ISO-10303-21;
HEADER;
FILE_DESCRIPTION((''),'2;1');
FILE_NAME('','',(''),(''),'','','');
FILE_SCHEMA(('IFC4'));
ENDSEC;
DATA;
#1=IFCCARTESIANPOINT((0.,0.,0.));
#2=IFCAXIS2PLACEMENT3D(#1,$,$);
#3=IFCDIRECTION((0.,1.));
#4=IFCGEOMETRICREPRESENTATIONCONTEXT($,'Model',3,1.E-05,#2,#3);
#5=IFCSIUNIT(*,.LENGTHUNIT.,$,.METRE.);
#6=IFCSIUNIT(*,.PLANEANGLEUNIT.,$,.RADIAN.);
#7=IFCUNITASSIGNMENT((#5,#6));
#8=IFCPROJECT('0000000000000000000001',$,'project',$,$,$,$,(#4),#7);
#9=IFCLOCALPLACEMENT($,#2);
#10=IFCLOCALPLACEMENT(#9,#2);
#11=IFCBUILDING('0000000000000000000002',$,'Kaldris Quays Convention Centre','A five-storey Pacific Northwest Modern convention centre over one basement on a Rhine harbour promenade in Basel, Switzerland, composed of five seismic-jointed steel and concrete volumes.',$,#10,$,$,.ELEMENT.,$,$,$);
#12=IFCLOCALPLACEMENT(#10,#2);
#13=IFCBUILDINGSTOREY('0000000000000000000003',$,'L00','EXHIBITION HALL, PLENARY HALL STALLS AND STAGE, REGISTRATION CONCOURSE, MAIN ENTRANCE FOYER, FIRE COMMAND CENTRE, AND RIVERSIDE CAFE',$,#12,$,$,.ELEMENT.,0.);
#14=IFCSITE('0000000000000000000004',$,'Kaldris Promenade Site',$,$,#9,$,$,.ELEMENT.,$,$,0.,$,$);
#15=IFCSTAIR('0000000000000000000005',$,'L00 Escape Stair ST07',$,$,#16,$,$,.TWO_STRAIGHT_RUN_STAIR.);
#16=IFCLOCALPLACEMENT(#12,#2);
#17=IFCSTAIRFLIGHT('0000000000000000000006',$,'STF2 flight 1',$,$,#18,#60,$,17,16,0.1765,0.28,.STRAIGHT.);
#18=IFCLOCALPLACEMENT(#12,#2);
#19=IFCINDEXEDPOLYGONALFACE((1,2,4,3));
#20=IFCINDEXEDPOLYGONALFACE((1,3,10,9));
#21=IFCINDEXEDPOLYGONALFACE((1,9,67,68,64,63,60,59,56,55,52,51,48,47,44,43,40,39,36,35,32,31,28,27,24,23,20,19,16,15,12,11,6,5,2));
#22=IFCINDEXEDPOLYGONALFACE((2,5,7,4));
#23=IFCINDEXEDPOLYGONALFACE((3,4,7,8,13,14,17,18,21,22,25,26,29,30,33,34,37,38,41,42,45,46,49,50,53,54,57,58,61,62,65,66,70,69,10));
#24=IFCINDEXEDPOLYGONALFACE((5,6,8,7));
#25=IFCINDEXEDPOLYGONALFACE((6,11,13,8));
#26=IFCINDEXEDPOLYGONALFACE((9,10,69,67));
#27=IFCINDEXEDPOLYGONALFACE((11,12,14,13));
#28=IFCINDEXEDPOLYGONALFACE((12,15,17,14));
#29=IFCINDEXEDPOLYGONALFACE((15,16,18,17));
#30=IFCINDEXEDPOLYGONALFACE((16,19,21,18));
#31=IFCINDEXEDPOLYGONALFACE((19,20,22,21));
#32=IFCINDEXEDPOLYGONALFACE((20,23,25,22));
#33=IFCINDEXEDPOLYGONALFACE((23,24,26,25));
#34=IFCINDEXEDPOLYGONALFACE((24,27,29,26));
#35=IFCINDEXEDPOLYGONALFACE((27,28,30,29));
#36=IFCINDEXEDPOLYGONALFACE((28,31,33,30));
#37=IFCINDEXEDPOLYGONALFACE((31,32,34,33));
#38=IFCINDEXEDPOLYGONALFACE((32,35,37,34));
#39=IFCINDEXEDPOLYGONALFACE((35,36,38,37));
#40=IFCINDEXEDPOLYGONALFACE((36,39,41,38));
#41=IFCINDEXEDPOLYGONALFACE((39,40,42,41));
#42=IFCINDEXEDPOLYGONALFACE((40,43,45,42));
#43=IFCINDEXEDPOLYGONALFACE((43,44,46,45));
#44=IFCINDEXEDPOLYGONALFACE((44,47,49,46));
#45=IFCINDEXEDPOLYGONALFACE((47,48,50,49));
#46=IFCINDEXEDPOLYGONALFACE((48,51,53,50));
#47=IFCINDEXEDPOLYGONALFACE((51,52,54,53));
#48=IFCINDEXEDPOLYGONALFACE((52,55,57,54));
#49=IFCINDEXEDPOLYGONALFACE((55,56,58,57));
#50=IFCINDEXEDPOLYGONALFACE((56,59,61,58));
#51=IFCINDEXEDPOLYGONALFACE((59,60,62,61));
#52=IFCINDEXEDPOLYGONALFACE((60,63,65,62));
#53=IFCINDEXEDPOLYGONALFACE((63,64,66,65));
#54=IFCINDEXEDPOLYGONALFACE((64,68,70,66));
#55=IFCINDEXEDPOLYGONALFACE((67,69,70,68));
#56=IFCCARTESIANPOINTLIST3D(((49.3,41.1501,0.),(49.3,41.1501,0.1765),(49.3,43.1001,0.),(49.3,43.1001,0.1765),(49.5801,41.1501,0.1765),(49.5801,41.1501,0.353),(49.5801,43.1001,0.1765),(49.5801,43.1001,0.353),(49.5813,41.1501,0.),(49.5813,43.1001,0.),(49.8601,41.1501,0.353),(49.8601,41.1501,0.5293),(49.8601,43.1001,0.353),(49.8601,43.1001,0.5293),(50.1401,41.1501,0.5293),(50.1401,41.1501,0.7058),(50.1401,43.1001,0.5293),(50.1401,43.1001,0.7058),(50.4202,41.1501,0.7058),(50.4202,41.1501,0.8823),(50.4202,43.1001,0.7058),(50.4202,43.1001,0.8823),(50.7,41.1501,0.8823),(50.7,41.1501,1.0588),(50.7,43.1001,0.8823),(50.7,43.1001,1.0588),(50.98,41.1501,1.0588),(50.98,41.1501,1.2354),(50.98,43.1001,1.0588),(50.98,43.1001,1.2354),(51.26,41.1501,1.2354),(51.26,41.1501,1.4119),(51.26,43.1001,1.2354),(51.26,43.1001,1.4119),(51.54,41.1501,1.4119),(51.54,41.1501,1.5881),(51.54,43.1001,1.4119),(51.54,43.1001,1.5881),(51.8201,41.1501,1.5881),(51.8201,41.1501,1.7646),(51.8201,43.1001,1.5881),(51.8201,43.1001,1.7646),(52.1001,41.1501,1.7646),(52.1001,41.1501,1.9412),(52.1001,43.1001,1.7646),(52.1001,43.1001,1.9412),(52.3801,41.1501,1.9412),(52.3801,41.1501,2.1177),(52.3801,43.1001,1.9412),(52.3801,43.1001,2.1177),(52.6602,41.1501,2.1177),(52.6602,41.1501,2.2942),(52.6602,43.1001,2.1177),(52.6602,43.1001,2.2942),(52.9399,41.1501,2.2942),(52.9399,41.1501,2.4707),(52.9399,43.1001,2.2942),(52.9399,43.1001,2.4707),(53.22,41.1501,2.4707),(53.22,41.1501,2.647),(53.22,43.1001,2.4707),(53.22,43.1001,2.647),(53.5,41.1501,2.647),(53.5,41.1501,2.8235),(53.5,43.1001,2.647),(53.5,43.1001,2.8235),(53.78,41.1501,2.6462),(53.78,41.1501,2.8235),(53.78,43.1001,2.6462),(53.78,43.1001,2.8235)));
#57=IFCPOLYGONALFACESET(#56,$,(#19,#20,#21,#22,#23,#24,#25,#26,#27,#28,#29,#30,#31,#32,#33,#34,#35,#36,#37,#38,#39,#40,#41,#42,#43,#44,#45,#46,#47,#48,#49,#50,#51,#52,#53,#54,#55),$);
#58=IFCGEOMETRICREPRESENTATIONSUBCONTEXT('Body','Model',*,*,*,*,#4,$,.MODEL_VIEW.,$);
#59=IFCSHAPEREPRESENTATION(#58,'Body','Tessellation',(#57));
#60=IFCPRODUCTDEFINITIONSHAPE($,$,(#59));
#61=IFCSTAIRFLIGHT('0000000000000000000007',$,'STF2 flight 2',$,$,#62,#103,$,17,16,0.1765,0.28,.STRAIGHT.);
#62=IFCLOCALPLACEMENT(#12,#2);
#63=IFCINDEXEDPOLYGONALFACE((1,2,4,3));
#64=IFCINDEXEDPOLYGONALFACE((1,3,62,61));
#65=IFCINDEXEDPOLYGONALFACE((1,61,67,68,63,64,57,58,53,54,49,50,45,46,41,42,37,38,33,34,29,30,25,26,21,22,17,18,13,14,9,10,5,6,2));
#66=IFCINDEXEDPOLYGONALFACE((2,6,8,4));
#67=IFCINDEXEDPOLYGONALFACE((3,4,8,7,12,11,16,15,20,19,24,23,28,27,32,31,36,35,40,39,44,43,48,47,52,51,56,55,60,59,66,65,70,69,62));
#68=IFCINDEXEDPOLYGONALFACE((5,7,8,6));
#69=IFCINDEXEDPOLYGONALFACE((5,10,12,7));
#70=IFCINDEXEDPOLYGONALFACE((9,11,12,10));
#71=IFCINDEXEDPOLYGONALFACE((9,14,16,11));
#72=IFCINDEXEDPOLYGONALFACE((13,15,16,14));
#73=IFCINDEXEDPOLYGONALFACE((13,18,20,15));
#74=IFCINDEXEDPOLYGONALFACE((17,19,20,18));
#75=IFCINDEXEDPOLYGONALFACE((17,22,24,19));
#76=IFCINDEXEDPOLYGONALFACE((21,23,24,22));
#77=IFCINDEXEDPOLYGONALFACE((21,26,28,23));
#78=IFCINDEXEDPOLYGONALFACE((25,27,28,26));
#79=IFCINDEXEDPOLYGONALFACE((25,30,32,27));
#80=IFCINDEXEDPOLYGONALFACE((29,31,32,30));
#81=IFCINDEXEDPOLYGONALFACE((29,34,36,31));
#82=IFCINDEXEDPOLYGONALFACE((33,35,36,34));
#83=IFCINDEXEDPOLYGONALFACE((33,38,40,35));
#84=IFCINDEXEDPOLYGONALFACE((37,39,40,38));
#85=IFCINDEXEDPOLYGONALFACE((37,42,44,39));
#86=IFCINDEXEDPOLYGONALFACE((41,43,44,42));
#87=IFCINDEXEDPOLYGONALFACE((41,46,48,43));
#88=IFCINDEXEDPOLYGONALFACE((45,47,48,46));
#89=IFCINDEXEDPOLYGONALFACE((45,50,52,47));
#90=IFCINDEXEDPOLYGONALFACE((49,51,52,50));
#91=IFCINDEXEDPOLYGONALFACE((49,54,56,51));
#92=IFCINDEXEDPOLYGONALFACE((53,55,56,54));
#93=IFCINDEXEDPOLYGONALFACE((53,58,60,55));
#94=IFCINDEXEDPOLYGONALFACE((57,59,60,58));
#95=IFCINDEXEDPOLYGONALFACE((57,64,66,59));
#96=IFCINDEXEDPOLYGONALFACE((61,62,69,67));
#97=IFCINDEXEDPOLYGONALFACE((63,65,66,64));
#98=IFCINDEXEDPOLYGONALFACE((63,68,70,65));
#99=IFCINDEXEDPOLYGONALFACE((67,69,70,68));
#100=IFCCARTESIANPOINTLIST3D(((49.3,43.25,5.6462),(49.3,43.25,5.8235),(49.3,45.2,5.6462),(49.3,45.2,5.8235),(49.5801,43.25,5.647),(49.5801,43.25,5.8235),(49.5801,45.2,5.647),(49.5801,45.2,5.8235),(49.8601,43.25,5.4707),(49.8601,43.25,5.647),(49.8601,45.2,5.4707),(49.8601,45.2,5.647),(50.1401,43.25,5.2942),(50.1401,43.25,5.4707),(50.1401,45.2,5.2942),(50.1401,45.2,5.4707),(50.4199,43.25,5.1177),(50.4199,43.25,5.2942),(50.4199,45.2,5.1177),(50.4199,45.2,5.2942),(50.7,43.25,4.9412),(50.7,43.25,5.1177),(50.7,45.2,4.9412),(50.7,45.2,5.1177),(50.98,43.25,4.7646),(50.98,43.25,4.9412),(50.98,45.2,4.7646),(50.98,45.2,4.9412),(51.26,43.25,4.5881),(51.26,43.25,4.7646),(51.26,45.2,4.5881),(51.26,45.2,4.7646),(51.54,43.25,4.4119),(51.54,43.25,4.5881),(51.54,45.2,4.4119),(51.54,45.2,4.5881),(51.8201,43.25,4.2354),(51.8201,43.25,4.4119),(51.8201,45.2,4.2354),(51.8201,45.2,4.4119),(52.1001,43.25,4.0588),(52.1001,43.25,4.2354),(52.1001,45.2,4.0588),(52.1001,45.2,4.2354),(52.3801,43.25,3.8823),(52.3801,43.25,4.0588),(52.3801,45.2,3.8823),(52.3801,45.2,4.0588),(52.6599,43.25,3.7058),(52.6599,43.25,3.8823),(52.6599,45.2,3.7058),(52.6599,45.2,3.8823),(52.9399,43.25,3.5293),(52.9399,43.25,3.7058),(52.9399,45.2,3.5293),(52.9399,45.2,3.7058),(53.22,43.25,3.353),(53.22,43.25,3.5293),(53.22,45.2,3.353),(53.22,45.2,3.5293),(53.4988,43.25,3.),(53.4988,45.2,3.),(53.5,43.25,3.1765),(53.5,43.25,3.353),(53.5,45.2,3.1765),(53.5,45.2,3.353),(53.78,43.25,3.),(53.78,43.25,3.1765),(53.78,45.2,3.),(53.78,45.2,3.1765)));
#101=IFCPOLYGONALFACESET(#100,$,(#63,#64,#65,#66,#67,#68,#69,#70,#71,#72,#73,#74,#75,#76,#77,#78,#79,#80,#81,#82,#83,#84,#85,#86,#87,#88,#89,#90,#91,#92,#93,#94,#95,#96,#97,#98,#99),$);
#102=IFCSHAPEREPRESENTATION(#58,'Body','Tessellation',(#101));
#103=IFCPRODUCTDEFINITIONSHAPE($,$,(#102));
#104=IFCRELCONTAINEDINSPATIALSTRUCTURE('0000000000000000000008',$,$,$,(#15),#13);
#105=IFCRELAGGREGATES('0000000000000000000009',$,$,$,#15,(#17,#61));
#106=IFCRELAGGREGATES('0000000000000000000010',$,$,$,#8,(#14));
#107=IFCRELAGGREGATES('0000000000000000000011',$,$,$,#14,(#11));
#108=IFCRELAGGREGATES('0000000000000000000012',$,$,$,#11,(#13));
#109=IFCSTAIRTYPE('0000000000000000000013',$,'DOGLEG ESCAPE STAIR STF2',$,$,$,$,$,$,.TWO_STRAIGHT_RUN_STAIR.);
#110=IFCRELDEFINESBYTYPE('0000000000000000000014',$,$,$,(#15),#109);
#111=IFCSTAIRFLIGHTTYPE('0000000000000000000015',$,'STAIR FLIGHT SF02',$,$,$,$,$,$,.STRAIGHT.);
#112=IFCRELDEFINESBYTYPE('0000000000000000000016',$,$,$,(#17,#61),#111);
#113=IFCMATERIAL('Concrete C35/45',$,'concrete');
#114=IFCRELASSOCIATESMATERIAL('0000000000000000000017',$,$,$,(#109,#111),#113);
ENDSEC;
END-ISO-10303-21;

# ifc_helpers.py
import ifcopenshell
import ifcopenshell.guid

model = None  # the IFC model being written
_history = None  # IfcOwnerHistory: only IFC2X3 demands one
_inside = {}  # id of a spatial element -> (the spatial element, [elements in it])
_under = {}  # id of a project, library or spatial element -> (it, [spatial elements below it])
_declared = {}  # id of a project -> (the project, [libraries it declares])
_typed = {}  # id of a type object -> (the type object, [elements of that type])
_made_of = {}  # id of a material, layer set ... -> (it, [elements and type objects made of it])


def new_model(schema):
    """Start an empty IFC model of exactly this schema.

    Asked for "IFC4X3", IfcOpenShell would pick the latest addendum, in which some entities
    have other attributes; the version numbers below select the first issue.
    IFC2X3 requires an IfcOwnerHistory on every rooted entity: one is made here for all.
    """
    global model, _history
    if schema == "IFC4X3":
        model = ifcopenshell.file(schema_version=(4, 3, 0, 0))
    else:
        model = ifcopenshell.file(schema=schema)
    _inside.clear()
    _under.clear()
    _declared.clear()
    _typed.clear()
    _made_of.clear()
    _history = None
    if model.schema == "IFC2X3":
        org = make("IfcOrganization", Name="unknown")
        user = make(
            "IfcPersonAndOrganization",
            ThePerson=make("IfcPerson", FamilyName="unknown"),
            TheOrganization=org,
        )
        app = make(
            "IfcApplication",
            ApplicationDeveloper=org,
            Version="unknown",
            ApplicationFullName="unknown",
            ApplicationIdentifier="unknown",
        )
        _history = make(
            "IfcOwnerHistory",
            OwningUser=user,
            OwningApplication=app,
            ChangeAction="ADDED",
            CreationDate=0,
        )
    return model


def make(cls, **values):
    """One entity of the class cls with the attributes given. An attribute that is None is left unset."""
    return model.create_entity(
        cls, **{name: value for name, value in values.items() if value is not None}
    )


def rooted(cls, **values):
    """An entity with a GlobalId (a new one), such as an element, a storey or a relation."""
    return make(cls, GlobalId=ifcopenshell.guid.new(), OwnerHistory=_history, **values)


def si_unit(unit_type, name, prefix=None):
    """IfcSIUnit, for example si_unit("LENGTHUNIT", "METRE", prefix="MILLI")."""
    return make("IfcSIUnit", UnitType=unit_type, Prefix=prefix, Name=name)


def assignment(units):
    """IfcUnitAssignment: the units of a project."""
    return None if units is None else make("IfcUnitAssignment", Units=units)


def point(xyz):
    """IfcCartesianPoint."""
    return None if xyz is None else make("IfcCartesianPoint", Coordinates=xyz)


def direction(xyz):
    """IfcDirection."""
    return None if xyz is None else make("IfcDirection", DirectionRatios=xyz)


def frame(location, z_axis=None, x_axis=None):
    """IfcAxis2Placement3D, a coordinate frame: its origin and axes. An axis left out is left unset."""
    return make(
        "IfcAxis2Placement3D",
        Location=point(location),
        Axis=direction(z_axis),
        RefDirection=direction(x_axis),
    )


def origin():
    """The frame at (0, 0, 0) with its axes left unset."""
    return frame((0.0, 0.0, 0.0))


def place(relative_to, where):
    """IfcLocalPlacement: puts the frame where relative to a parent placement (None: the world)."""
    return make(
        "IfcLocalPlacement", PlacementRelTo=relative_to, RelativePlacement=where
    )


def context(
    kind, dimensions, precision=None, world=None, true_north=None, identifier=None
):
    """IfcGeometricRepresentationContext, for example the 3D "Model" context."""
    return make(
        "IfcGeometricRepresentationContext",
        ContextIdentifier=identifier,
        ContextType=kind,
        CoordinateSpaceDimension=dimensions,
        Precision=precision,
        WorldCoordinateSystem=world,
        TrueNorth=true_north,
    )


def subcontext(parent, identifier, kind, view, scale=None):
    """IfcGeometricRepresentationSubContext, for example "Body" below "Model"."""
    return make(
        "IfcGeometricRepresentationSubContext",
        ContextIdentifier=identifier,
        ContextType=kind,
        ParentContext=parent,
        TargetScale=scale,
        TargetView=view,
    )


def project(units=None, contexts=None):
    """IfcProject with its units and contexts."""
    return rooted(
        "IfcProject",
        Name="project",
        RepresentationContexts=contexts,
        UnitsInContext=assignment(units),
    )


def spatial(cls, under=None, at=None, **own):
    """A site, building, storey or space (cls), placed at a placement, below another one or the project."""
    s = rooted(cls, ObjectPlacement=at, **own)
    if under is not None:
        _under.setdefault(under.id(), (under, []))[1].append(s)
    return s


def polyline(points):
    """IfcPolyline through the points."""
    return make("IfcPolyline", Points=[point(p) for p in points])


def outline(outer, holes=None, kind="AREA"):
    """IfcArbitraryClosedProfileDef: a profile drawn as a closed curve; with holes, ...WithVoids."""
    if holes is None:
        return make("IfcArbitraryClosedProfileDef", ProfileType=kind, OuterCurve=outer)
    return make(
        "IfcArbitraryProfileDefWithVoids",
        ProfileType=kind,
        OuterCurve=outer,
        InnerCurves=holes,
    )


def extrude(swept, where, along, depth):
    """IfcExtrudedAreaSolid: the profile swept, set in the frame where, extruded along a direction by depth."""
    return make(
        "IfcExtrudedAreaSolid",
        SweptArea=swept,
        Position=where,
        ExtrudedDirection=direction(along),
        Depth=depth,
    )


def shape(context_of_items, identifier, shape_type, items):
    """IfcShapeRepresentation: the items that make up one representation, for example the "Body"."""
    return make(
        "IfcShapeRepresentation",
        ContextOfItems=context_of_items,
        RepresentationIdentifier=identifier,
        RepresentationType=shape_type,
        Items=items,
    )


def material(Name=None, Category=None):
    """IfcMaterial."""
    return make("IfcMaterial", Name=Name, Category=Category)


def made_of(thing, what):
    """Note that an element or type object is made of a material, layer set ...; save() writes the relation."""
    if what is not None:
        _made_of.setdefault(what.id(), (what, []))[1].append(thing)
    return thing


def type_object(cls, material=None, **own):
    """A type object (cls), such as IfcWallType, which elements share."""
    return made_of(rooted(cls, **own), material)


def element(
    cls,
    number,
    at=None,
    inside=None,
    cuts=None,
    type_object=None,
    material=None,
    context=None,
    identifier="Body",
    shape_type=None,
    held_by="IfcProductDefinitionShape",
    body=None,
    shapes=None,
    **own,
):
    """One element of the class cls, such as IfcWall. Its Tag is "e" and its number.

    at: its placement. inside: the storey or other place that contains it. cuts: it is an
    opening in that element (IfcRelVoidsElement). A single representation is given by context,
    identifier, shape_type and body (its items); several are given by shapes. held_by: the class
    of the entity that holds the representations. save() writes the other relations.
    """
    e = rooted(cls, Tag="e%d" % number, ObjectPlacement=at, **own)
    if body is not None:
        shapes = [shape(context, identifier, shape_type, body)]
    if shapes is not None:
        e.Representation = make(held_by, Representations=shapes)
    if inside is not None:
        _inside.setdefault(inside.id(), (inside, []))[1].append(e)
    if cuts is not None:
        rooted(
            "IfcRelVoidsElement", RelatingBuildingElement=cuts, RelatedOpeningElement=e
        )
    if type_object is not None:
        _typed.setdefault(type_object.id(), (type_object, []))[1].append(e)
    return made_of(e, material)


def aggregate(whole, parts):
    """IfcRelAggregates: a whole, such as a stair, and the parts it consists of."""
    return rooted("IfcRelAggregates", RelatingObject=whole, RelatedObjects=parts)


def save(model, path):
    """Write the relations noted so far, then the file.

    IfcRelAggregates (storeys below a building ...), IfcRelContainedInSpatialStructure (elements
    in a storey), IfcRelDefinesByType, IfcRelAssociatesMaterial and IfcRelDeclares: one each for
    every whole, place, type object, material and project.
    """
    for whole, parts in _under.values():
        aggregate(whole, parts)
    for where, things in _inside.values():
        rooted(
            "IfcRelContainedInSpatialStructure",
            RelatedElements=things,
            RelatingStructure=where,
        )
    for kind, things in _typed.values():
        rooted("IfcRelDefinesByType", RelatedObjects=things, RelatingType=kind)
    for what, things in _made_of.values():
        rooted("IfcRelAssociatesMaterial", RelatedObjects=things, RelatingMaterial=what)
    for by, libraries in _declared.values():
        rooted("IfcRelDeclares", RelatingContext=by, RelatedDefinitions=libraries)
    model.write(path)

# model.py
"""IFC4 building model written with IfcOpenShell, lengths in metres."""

from ifc_helpers import new_model, si_unit, direction, frame, origin, place, context, subcontext, project, spatial, polyline, outline, extrude, material, type_object, element, aggregate, save


model = new_model("IFC4")

# Units and contexts
model_context = context("Model", 3, precision=1e-05, world=origin(), true_north=direction((0.0, 1.0)))
body_context = subcontext(model_context, "Body", "Model", "MODEL_VIEW")
ifc_project = project(units=[si_unit("LENGTHUNIT", "METRE"), si_unit("PLANEANGLEUNIT", "RADIAN")], contexts=[model_context])

# Site, building, storey
site_placement = place(None, origin())
site = spatial("IfcSite", under=ifc_project, at=site_placement, Name="Kaldris Promenade Site", CompositionType="ELEMENT", RefElevation=0.0)
building_placement = place(site_placement, origin())
building = spatial("IfcBuilding", under=site, at=building_placement, Name="Kaldris Quays Convention Centre", Description="A five-storey Pacific Northwest Modern convention centre over one basement on a Rhine harbour promenade in Basel, Switzerland, composed of five seismic-jointed steel and concrete volumes.", CompositionType="ELEMENT")
storey_placement = place(building_placement, origin())
storey = spatial("IfcBuildingStorey", under=building, at=storey_placement, Name="L00", Description="EXHIBITION HALL, PLENARY HALL STALLS AND STAGE, REGISTRATION CONCOURSE, MAIN ENTRANCE FOYER, FIRE COMMAND CENTRE, AND RIVERSIDE CAFE", CompositionType="ELEMENT", Elevation=0.0)

# Shared definitions
ifc_material_1 = material(Name="Concrete C35/45", Category="concrete")

# Stair, stair flights
stair_type = type_object("IfcStairType", Name="DOGLEG ESCAPE STAIR STF2", PredefinedType="TWO_STRAIGHT_RUN_STAIR", material=ifc_material_1)
stair_placement = place(storey_placement, origin())
stair = element("IfcStair", 1, at=stair_placement, inside=storey, type_object=stair_type, Name="L00 Escape Stair ST07", PredefinedType="TWO_STRAIGHT_RUN_STAIR")
stair_flight_type = type_object("IfcStairFlightType", Name="STAIR FLIGHT SF02", PredefinedType="STRAIGHT", material=ifc_material_1)
stair_flight_1_placement = place(storey_placement, frame((49.3, 42.125, 0.0), z_axis=(0.0, 0.0, 1.0), x_axis=(1.0, 0.0, 0.0)))
stair_flight_1 = element("IfcStairFlight", 2, at=stair_flight_1_placement, type_object=stair_flight_type, Name="STF2 flight 1", NumberOfRisers=17, NumberOfTreads=16, PredefinedType="STRAIGHT", RiserHeight=0.1765, TreadLength=0.28, context=body_context, shape_type="SweptSolid", body=[
    extrude(outline(polyline([(0.0, 0.0), (0.0, 0.1765), (0.28, 0.1765), (0.28, 0.353), (0.5601, 0.353), (0.5601, 0.5293), (0.8401, 0.5293), (0.8401, 0.7058), (1.1201, 0.7058), (1.1201, 0.8823), (1.3999, 0.8823), (1.3999, 1.0588), (1.6799, 1.0588), (1.6799, 1.2354), (1.96, 1.2354), (1.96, 1.4119), (2.24, 1.4119), (2.24, 1.5881), (2.52, 1.5881), (2.52, 1.7646), (2.8, 1.7646), (2.8, 1.9412), (3.0801, 1.9412), (3.0801, 2.1177), (3.3601, 2.1177), (3.3601, 2.2942), (3.6399, 2.2942), (3.6399, 2.4707), (3.9199, 2.4707), (3.9199, 2.647), (4.2, 2.647), (4.2, 2.8235), (4.48, 2.8235), (4.48, 3.0), (4.48, 2.6462), (0.2812, 0.0), (0.0, 0.0)])), frame((0.0, 0.9751, 0.0), z_axis=(0.0, -1.0, 0.0), x_axis=(1.0, 0.0, 0.0)), (0.0, 0.0, 1.0), 1.95),
])
stair_flight_2_placement = place(storey_placement, frame((53.78, 44.2251, 3.0), z_axis=(0.0, 0.0, 1.0), x_axis=(-1.0, 0.0, 0.0)))
stair_flight_2 = element("IfcStairFlight", 3, at=stair_flight_2_placement, type_object=stair_flight_type, Name="STF2 flight 2", NumberOfRisers=17, NumberOfTreads=16, PredefinedType="STRAIGHT", RiserHeight=0.1765, TreadLength=0.28, context=body_context, shape_type="SweptSolid", body=[
    extrude(outline(polyline([(0.0, 0.0), (0.0, 0.1765), (0.28, 0.1765), (0.28, 0.353), (0.5601, 0.353), (0.5601, 0.5293), (0.8401, 0.5293), (0.8401, 0.7058), (1.1201, 0.7058), (1.1201, 0.8823), (1.3999, 0.8823), (1.3999, 1.0588), (1.6799, 1.0588), (1.6799, 1.2354), (1.96, 1.2354), (1.96, 1.4119), (2.24, 1.4119), (2.24, 1.5881), (2.52, 1.5881), (2.52, 1.7646), (2.8, 1.7646), (2.8, 1.9412), (3.0801, 1.9412), (3.0801, 2.1177), (3.3601, 2.1177), (3.3601, 2.2942), (3.6399, 2.2942), (3.6399, 2.4707), (3.9199, 2.4707), (3.9199, 2.647), (4.2, 2.647), (4.2, 2.8235), (4.48, 2.8235), (4.48, 3.0), (4.48, 2.6462), (0.2812, 0.0), (0.0, 0.0)])), frame((0.0, 0.9751, 0.0), z_axis=(0.0, -1.0, 0.0), x_axis=(1.0, 0.0, 0.0)), (0.0, 0.0, 1.0), 1.95),
])
aggregate(stair, [stair_flight_1, stair_flight_2])

save(model, "model.ifc")
